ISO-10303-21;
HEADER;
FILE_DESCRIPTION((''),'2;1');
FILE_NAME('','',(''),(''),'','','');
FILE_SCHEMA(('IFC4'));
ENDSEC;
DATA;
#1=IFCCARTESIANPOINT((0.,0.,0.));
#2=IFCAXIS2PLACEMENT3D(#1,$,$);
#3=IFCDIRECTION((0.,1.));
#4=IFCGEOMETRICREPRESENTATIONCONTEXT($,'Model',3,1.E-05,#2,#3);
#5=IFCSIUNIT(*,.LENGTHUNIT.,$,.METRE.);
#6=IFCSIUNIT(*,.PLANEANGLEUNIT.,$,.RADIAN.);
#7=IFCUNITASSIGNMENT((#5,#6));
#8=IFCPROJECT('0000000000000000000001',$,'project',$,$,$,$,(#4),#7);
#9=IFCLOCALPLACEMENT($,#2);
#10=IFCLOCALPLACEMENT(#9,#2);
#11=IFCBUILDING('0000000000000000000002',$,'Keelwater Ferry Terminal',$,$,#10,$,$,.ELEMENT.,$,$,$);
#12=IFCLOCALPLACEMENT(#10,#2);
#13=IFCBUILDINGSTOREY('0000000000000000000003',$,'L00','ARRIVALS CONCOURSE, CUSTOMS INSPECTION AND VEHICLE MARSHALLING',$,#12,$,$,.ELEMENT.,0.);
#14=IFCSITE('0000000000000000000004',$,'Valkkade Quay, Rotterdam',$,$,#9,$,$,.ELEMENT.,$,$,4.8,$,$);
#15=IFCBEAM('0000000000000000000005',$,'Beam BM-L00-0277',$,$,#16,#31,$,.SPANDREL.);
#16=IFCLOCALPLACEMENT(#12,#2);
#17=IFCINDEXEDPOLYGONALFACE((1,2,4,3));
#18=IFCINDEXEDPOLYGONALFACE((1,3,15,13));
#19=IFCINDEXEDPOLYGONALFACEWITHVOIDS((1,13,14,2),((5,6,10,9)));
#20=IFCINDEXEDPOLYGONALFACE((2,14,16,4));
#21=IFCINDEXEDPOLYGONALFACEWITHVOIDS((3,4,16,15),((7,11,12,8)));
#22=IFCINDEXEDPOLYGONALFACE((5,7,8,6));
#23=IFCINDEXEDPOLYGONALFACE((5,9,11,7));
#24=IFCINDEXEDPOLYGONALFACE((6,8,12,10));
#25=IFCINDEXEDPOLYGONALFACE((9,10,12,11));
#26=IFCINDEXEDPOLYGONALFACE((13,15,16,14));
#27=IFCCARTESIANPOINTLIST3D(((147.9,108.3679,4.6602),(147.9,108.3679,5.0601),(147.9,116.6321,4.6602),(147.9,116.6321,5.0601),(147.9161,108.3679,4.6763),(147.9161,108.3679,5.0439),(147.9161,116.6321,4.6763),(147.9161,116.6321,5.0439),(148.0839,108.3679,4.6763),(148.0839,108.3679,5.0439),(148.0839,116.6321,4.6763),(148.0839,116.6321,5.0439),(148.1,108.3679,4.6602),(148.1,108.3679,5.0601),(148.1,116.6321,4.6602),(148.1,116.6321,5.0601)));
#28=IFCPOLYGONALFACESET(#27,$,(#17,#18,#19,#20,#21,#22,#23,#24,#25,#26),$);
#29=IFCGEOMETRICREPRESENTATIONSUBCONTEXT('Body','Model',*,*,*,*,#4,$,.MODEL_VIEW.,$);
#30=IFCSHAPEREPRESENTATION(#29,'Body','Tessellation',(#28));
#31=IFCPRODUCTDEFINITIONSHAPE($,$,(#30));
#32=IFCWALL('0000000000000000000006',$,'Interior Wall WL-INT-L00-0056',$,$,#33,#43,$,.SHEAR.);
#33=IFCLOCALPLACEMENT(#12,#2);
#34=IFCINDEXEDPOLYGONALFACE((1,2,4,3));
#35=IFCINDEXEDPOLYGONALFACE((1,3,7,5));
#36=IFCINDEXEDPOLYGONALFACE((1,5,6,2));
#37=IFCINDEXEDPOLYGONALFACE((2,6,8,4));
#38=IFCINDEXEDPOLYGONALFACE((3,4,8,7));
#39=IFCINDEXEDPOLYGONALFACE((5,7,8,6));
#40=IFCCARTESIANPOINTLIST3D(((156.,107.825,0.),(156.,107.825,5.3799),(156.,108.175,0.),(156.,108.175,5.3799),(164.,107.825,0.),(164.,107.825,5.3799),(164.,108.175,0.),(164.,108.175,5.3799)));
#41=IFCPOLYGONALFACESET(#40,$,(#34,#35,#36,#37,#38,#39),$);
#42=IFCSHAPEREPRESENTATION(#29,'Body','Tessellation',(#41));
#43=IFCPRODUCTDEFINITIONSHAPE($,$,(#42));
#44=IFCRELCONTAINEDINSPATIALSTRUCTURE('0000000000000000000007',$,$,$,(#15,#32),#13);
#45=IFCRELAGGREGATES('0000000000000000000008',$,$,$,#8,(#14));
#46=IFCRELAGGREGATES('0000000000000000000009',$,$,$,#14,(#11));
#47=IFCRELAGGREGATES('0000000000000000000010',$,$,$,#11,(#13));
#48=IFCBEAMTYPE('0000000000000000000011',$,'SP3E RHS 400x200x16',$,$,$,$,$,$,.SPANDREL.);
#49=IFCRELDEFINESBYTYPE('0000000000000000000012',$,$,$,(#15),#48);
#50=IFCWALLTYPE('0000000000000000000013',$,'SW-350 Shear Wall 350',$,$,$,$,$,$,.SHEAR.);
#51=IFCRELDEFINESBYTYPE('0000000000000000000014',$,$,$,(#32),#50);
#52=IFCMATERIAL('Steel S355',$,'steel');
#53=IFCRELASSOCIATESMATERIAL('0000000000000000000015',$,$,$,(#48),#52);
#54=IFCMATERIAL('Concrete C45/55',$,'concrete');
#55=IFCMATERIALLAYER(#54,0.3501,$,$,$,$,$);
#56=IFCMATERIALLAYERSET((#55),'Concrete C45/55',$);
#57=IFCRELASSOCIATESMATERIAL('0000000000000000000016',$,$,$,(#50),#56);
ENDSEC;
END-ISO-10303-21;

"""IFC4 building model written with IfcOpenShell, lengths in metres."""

from ifc_helpers import new_model, si_unit, direction, frame, frame_2d, origin, origin_2d, place, context, subcontext, project, spatial, rectangle, hollow_rectangle, extrude, material, layer, layer_set, material_profile, profile_set, type_object, element, save


model = new_model("IFC4")

# Units and contexts
model_context = context("Model", 3, precision=1e-05, world=origin(), true_north=direction((0.0, 1.0)))
body_context = subcontext(model_context, "Body", "Model", "MODEL_VIEW")
ifc_project = project(units=[si_unit("LENGTHUNIT", "METRE"), si_unit("PLANEANGLEUNIT", "RADIAN")], contexts=[model_context])

# Site, building, storey
site_placement = place(None, origin())
site = spatial("IfcSite", under=ifc_project, at=site_placement, Name="Valkkade Quay, Rotterdam", CompositionType="ELEMENT", RefElevation=4.8)
building_placement = place(site_placement, origin())
building = spatial("IfcBuilding", under=site, at=building_placement, Name="Keelwater Ferry Terminal", CompositionType="ELEMENT")
storey_placement = place(building_placement, origin())
storey = spatial("IfcBuildingStorey", under=building, at=storey_placement, Name="L00", Description="ARRIVALS CONCOURSE, CUSTOMS INSPECTION AND VEHICLE MARSHALLING", CompositionType="ELEMENT", Elevation=0.0)

# Beam
ifc_material_1 = material(Name="Steel S355", Category="steel")
ifc_material_profile_1 = material_profile(ifc_material_1, hollow_rectangle(XDim=0.2, YDim=0.3999, WallThickness=0.0161, at=origin_2d()), Name="RHS 400x200x16")
ifc_profile_set_1 = profile_set([ifc_material_profile_1], Name="Steel S355")
beam_type_1 = type_object("IfcBeamType", Name="SP3E RHS 400x200x16", PredefinedType="SPANDREL", material=ifc_profile_set_1)
beam_1_placement = place(storey_placement, frame((148.0, 108.3679, 4.8601), z_axis=(0.0, 1.0, 0.0), x_axis=(-1.0, 0.0, 0.0)))
element("IfcBeam", 1, at=beam_1_placement, inside=storey, type_object=beam_type_1, Name="Beam BM-L00-0277", PredefinedType="SPANDREL", context=body_context, shape_type="SweptSolid", body=[
    extrude(hollow_rectangle(XDim=0.2, YDim=0.3999, WallThickness=0.0161, at=origin_2d()), origin(), (0.0, 0.0, 1.0), 8.2642),
])

# Wall
ifc_material_2 = material(Name="Concrete C45/55", Category="concrete")
ifc_layer = layer(ifc_material_2, 0.3501)
ifc_layer_set = layer_set([ifc_layer], Name="Concrete C45/55")
wall_type = type_object("IfcWallType", Name="SW-350 Shear Wall 350", PredefinedType="SHEAR", material=ifc_layer_set)
wall_placement = place(storey_placement, frame((156.0, 108.0, 0.0), z_axis=(0.0, 0.0, 1.0), x_axis=(1.0, 0.0, 0.0)))
element("IfcWall", 2, at=wall_placement, inside=storey, type_object=wall_type, Name="Interior Wall WL-INT-L00-0056", PredefinedType="SHEAR", context=body_context, shape_type="SweptSolid", body=[
    extrude(rectangle(XDim=8.0, YDim=0.3501, at=frame_2d((4.0, 0.0))), origin(), (0.0, 0.0, 1.0), 5.3799),
])

save(model, "model.ifc")
